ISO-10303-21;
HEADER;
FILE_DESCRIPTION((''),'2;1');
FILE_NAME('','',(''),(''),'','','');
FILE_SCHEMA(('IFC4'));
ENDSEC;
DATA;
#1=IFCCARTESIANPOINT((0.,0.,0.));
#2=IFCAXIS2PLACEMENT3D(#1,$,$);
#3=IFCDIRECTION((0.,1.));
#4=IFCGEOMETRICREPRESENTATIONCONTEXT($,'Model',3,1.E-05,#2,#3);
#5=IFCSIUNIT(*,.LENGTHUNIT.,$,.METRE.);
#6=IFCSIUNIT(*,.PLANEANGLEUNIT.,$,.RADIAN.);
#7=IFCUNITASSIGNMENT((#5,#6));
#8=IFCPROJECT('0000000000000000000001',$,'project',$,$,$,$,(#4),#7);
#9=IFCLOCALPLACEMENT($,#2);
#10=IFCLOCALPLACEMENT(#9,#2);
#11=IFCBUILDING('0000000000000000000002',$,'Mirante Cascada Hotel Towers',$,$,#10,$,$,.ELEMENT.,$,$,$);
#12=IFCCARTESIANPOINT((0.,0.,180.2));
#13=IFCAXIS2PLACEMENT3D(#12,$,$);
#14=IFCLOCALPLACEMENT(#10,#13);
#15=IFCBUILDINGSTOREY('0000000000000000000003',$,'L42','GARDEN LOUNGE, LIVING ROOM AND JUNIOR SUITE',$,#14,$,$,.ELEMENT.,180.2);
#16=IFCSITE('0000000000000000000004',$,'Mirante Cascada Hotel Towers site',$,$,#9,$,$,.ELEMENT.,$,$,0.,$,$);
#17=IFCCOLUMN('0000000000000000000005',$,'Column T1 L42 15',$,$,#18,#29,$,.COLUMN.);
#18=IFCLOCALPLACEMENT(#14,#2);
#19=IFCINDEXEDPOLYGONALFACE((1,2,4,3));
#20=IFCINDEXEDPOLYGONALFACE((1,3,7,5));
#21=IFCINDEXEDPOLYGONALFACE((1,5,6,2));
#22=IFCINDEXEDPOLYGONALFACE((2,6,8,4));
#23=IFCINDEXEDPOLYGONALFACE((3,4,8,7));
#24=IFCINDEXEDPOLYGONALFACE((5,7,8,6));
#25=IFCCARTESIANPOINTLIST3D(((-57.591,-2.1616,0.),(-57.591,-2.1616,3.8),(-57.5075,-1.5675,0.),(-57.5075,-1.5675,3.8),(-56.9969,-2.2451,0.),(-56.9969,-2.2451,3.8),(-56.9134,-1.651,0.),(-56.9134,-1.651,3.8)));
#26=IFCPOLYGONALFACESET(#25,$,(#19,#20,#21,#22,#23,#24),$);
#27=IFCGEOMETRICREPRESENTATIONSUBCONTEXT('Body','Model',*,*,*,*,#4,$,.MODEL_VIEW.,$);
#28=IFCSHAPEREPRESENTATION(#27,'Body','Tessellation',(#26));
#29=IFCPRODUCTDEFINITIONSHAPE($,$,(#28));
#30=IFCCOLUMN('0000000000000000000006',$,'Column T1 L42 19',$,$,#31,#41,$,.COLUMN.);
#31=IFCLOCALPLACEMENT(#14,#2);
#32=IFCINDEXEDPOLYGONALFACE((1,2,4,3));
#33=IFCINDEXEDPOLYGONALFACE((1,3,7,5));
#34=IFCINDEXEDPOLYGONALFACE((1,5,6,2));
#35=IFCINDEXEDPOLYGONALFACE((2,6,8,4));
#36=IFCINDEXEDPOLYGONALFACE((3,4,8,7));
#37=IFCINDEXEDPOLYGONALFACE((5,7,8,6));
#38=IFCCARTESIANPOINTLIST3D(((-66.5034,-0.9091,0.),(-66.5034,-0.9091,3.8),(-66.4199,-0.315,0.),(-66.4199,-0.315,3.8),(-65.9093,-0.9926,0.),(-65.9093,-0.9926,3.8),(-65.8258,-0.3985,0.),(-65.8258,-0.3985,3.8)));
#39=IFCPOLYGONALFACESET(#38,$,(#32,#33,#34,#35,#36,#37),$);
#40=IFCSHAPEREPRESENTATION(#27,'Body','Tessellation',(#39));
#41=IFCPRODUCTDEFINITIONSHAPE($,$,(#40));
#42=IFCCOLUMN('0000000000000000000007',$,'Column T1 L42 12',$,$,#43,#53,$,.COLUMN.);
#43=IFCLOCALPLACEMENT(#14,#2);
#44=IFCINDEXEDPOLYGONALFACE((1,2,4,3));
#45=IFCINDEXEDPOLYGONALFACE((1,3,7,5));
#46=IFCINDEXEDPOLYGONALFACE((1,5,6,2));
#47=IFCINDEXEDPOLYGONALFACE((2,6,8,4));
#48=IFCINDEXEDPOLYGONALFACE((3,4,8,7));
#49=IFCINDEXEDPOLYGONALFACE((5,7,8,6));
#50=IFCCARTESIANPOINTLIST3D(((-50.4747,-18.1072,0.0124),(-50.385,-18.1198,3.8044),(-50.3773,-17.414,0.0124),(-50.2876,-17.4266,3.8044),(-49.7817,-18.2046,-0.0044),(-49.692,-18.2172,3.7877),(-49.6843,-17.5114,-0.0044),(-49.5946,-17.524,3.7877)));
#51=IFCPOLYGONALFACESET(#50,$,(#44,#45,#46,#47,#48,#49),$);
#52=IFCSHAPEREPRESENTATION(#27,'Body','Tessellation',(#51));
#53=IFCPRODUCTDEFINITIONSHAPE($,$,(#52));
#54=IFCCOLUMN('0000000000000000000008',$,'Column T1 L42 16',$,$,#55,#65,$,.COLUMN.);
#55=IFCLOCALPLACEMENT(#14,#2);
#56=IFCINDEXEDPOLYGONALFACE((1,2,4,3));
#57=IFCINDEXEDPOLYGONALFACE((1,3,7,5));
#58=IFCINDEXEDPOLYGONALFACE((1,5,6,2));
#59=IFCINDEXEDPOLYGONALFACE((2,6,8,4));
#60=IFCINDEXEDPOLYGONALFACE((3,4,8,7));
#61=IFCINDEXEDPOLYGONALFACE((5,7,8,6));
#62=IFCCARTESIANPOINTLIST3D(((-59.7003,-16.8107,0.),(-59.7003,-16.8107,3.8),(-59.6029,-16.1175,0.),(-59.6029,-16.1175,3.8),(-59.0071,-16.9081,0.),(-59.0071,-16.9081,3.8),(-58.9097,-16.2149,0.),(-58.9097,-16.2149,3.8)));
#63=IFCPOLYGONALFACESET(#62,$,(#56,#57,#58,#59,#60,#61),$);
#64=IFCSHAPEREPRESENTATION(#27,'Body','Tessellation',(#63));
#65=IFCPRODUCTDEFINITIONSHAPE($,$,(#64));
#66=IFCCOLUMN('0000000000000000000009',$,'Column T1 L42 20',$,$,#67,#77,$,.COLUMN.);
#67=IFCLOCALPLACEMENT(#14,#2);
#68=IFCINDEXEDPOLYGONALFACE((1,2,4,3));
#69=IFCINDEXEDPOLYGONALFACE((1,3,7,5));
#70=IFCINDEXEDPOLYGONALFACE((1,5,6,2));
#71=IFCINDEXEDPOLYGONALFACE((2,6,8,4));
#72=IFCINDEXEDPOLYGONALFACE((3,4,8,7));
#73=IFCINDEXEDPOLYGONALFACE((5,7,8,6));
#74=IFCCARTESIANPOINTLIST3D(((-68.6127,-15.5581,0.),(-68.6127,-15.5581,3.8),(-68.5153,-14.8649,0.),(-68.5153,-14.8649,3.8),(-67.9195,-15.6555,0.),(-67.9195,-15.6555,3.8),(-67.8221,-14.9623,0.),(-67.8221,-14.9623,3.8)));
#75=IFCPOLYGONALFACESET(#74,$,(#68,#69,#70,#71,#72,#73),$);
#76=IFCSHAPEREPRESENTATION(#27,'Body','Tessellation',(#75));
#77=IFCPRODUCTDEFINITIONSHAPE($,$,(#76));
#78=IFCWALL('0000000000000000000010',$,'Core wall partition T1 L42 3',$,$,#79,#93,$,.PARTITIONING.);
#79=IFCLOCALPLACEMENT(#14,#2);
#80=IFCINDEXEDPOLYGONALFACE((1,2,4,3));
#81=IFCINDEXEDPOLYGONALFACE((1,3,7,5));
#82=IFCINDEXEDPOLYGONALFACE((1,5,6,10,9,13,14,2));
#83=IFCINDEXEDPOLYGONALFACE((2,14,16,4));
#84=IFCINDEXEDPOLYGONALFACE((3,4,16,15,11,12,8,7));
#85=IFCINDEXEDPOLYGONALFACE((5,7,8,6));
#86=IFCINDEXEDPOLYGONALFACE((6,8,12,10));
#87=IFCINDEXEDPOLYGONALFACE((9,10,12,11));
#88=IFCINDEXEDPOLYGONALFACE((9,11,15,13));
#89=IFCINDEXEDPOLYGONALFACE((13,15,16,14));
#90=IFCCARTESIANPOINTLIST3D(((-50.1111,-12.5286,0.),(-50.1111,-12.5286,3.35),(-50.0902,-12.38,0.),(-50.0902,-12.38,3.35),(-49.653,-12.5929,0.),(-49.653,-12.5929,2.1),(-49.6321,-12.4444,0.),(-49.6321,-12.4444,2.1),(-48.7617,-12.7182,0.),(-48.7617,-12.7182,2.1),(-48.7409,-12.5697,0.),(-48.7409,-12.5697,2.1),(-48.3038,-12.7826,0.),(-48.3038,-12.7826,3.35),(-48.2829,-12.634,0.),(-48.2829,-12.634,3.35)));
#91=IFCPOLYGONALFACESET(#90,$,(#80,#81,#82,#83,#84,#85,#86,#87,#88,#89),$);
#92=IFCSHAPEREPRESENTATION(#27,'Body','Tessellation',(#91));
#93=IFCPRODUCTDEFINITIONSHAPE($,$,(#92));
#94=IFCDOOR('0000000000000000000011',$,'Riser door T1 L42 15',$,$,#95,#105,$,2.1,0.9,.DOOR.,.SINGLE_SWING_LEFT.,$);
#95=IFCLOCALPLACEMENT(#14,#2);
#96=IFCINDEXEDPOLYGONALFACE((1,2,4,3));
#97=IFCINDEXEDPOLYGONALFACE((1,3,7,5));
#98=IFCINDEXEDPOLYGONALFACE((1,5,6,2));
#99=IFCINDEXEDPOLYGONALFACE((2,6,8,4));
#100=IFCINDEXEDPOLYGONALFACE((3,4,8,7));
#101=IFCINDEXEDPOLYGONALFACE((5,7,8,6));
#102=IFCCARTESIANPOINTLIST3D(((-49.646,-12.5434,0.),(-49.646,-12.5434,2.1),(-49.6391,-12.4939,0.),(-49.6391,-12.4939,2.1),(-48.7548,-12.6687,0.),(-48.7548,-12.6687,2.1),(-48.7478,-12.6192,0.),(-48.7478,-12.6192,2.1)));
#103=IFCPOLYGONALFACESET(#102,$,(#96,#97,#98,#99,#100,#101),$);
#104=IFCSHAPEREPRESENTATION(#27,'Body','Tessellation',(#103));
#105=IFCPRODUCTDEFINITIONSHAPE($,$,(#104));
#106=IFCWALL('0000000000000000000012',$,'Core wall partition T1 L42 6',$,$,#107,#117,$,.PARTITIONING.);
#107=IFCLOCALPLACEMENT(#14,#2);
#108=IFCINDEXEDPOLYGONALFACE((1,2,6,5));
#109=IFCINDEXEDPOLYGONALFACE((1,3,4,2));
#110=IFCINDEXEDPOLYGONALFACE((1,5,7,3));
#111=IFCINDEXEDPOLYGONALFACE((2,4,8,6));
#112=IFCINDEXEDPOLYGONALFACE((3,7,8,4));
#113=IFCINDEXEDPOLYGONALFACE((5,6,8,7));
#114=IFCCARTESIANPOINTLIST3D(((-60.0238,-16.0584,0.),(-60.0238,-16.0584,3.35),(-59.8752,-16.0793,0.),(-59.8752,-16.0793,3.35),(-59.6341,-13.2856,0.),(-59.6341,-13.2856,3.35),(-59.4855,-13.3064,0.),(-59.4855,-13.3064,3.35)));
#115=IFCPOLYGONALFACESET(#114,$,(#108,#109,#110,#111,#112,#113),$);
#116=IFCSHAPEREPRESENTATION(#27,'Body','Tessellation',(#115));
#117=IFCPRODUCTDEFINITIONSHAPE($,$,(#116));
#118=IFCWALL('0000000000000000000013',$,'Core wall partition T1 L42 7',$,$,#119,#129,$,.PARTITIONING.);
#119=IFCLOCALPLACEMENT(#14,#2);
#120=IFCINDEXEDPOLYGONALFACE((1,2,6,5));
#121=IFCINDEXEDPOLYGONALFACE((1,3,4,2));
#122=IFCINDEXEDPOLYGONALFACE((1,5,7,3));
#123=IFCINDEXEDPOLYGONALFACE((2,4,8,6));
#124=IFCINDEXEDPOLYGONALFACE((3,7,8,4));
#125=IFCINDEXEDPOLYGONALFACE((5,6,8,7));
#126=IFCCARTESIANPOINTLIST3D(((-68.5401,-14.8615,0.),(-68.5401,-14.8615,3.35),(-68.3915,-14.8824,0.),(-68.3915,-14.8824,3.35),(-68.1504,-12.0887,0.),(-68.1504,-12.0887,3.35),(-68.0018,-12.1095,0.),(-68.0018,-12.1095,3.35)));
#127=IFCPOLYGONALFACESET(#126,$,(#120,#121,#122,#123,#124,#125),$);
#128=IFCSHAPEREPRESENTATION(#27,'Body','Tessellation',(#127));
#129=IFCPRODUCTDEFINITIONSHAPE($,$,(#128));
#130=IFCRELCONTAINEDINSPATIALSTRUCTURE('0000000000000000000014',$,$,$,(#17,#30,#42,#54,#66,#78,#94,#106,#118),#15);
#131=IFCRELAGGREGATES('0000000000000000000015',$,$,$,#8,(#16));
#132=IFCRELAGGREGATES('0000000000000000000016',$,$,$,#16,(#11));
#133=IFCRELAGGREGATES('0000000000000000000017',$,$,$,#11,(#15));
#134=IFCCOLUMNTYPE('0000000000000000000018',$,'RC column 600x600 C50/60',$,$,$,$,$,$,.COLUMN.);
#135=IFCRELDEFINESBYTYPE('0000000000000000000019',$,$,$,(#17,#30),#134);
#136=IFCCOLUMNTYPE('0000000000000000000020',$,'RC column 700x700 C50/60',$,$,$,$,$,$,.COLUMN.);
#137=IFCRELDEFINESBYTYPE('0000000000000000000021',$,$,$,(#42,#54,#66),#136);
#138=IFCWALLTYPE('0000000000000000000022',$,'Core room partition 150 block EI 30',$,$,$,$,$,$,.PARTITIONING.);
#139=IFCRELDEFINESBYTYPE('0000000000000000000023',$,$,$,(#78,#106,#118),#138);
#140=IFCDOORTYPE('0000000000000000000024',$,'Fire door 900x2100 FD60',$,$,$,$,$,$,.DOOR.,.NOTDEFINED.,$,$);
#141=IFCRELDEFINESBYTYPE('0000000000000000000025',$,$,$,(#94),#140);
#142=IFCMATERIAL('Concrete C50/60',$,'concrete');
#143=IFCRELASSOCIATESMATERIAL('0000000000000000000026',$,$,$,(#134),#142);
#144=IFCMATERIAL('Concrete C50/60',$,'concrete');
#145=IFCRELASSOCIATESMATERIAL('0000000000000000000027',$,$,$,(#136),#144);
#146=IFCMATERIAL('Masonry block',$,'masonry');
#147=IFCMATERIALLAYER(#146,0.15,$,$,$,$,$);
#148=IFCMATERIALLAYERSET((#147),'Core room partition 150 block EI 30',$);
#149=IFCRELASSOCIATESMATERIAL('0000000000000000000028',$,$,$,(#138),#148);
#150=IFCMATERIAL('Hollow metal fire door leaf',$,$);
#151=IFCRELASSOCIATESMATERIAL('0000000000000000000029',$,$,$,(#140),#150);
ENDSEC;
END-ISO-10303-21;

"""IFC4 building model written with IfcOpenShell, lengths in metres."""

from ifc_helpers import new_model, si_unit, direction, frame, frame_2d, origin, origin_2d, place, context, subcontext, project, spatial, rectangle, extrude, material, layer, layer_set, material_profile, profile_set, type_object, element, fill, save


model = new_model("IFC4")

# Units and contexts
model_context = context("Model", 3, precision=1e-05, world=origin(), true_north=direction((0.0, 1.0)))
body_context = subcontext(model_context, "Body", "Model", "MODEL_VIEW")
ifc_project = project(units=[si_unit("LENGTHUNIT", "METRE"), si_unit("PLANEANGLEUNIT", "RADIAN")], contexts=[model_context])

# Site, building, storey
site_placement = place(None, origin())
site = spatial("IfcSite", under=ifc_project, at=site_placement, Name="Mirante Cascada Hotel Towers site", CompositionType="ELEMENT", RefElevation=0.0)
building_placement = place(site_placement, origin())
building = spatial("IfcBuilding", under=site, at=building_placement, Name="Mirante Cascada Hotel Towers", CompositionType="ELEMENT")
storey_placement = place(building_placement, frame((0.0, 0.0, 180.2)))
storey = spatial("IfcBuildingStorey", under=building, at=storey_placement, Name="L42", Description="GARDEN LOUNGE, LIVING ROOM AND JUNIOR SUITE", CompositionType="ELEMENT", Elevation=180.2)

# Columns
ifc_material_1 = material(Name="Concrete C50/60", Category="concrete")
ifc_material_profile_1 = material_profile(ifc_material_1, rectangle(XDim=0.6, YDim=0.6, at=origin_2d()), Name="RC column 600x600 C50/60")
ifc_profile_set_1 = profile_set([ifc_material_profile_1], Name="Concrete C50/60")
column_type_1 = type_object("IfcColumnType", Name="RC column 600x600 C50/60", PredefinedType="COLUMN", material=ifc_profile_set_1)
for number, where, z_axis, x_axis, name in (
    (1, (-57.2522, -1.9063, 0.0), (0.0, 0.0, 1.0), (-0.990268, 0.139173, 0.0), "Column T1 L42 15"),
    (2, (-66.1646, -0.6538, 0.0), (0.0, 0.0, 1.0), (-0.990268, 0.139173, 0.0), "Column T1 L42 19"),
):
    element("IfcColumn", number, at=place(storey_placement, frame(where, z_axis=z_axis, x_axis=x_axis)), inside=storey, type_object=column_type_1, Name=name, PredefinedType="COLUMN", context=body_context, shape_type="SweptSolid", body=[
        extrude(rectangle(XDim=0.6, YDim=0.6, at=origin_2d()), origin(), (0.0, 0.0, 1.0), 3.8),
    ])
ifc_material_2 = material(Name="Concrete C50/60", Category="concrete")
ifc_material_profile_2 = material_profile(ifc_material_2, rectangle(XDim=0.7, YDim=0.7, at=origin_2d()), Name="RC column 700x700 C50/60")
ifc_profile_set_2 = profile_set([ifc_material_profile_2], Name="Concrete C50/60")
column_type_2 = type_object("IfcColumnType", Name="RC column 700x700 C50/60", PredefinedType="COLUMN", material=ifc_profile_set_2)
column_placement = place(storey_placement, frame((-50.0795, -17.8093, 0.004), z_axis=(0.023648, -0.003322, 0.999715), x_axis=(0.139103, 0.990278, 0.0)))
element("IfcColumn", 3, at=column_placement, inside=storey, type_object=column_type_2, Name="Column T1 L42 12", PredefinedType="COLUMN", context=body_context, shape_type="SweptSolid", body=[
    extrude(rectangle(XDim=0.7, YDim=0.7, at=origin_2d()), origin(), (0.0, 0.0, 1.0), 3.7931),
])
for number, where, z_axis, x_axis, name in (
    (4, (-59.305, -16.5128, 0.0), (0.0, 0.0, 1.0), (-0.990268, 0.139173, 0.0), "Column T1 L42 16"),
    (5, (-68.2174, -15.2602, 0.0), (0.0, 0.0, 1.0), (-0.990268, 0.139173, 0.0), "Column T1 L42 20"),
):
    element("IfcColumn", number, at=place(storey_placement, frame(where, z_axis=z_axis, x_axis=x_axis)), inside=storey, type_object=column_type_2, Name=name, PredefinedType="COLUMN", context=body_context, shape_type="SweptSolid", body=[
        extrude(rectangle(XDim=0.7, YDim=0.7, at=origin_2d()), origin(), (0.0, 0.0, 1.0), 3.8),
    ])

# Wall, opening, door
ifc_material_3 = material(Name="Masonry block", Category="masonry")
ifc_layer_1 = layer(ifc_material_3, 0.15)
ifc_layer_set_1 = layer_set([ifc_layer_1], Name="Core room partition 150 block EI 30")
wall_type_1 = type_object("IfcWallType", Name="Core room partition 150 block EI 30", PredefinedType="PARTITIONING", material=ifc_layer_set_1)
wall_1_placement = place(storey_placement, frame((-48.2933, -12.7083, 0.0), z_axis=(0.0, 0.0, 1.0), x_axis=(-0.990268, 0.139173, 0.0)))
wall_1 = element("IfcWall", 6, at=wall_1_placement, inside=storey, type_object=wall_type_1, Name="Core wall partition T1 L42 3", PredefinedType="PARTITIONING", context=body_context, shape_type="SweptSolid", body=[
    extrude(rectangle(XDim=1.8251, YDim=0.15, at=frame_2d((0.9126, 0.0))), origin(), (0.0, 0.0, 1.0), 3.35),
])
opening_1_placement = place(wall_1_placement, frame((0.4625, 0.0, 0.0)))
opening_1 = element("IfcOpeningElement", 7, at=opening_1_placement, cuts=wall_1, PredefinedType="OPENING", context=body_context, shape_type="SweptSolid", body=[
    extrude(rectangle(XDim=0.9, YDim=2.1, at=frame_2d((0.45, 1.05))), frame((0.0, 0.075, 0.0), z_axis=(0.0, -1.0, 0.0), x_axis=(1.0, 0.0, 0.0)), (0.0, 0.0, 1.0), 0.15),
])
ifc_material_4 = material(Name="Hollow metal fire door leaf")
door_type_1 = type_object("IfcDoorType", Name="Fire door 900x2100 FD60", OperationType="NOTDEFINED", PredefinedType="DOOR", material=ifc_material_4)
door_1_placement = place(opening_1_placement, origin())
door_1 = element("IfcDoor", 8, at=door_1_placement, inside=storey, type_object=door_type_1, Name="Riser door T1 L42 15", OperationType="SINGLE_SWING_LEFT", OverallHeight=2.1, OverallWidth=0.9, PredefinedType="DOOR", context=body_context, shape_type="SweptSolid", body=[
    extrude(rectangle(XDim=0.9, YDim=2.1, at=frame_2d((0.45, 1.05))), frame((0.0, 0.025, 0.0), z_axis=(0.0, -1.0, 0.0), x_axis=(1.0, 0.0, 0.0)), (0.0, 0.0, 1.0), 0.05),
])
fill(opening_1, door_1)

# Walls
for number, where, z_axis, x_axis, name in (
    (9, (-59.9495, -16.0688, 0.0), (0.0, 0.0, 1.0), (0.139176, 0.990268, 0.0), "Core wall partition T1 L42 6"),
    (10, (-68.4658, -14.8719, 0.0), (0.0, 0.0, 1.0), (0.139176, 0.990268, 0.0), "Core wall partition T1 L42 7"),
):
    element("IfcWall", number, at=place(storey_placement, frame(where, z_axis=z_axis, x_axis=x_axis)), inside=storey, type_object=wall_type_1, Name=name, PredefinedType="PARTITIONING", context=body_context, shape_type="SweptSolid", body=[
        extrude(rectangle(XDim=2.8001, YDim=0.15, at=frame_2d((1.4, 0.0))), origin(), (0.0, 0.0, 1.0), 3.35),
    ])

save(model, "model.ifc")
